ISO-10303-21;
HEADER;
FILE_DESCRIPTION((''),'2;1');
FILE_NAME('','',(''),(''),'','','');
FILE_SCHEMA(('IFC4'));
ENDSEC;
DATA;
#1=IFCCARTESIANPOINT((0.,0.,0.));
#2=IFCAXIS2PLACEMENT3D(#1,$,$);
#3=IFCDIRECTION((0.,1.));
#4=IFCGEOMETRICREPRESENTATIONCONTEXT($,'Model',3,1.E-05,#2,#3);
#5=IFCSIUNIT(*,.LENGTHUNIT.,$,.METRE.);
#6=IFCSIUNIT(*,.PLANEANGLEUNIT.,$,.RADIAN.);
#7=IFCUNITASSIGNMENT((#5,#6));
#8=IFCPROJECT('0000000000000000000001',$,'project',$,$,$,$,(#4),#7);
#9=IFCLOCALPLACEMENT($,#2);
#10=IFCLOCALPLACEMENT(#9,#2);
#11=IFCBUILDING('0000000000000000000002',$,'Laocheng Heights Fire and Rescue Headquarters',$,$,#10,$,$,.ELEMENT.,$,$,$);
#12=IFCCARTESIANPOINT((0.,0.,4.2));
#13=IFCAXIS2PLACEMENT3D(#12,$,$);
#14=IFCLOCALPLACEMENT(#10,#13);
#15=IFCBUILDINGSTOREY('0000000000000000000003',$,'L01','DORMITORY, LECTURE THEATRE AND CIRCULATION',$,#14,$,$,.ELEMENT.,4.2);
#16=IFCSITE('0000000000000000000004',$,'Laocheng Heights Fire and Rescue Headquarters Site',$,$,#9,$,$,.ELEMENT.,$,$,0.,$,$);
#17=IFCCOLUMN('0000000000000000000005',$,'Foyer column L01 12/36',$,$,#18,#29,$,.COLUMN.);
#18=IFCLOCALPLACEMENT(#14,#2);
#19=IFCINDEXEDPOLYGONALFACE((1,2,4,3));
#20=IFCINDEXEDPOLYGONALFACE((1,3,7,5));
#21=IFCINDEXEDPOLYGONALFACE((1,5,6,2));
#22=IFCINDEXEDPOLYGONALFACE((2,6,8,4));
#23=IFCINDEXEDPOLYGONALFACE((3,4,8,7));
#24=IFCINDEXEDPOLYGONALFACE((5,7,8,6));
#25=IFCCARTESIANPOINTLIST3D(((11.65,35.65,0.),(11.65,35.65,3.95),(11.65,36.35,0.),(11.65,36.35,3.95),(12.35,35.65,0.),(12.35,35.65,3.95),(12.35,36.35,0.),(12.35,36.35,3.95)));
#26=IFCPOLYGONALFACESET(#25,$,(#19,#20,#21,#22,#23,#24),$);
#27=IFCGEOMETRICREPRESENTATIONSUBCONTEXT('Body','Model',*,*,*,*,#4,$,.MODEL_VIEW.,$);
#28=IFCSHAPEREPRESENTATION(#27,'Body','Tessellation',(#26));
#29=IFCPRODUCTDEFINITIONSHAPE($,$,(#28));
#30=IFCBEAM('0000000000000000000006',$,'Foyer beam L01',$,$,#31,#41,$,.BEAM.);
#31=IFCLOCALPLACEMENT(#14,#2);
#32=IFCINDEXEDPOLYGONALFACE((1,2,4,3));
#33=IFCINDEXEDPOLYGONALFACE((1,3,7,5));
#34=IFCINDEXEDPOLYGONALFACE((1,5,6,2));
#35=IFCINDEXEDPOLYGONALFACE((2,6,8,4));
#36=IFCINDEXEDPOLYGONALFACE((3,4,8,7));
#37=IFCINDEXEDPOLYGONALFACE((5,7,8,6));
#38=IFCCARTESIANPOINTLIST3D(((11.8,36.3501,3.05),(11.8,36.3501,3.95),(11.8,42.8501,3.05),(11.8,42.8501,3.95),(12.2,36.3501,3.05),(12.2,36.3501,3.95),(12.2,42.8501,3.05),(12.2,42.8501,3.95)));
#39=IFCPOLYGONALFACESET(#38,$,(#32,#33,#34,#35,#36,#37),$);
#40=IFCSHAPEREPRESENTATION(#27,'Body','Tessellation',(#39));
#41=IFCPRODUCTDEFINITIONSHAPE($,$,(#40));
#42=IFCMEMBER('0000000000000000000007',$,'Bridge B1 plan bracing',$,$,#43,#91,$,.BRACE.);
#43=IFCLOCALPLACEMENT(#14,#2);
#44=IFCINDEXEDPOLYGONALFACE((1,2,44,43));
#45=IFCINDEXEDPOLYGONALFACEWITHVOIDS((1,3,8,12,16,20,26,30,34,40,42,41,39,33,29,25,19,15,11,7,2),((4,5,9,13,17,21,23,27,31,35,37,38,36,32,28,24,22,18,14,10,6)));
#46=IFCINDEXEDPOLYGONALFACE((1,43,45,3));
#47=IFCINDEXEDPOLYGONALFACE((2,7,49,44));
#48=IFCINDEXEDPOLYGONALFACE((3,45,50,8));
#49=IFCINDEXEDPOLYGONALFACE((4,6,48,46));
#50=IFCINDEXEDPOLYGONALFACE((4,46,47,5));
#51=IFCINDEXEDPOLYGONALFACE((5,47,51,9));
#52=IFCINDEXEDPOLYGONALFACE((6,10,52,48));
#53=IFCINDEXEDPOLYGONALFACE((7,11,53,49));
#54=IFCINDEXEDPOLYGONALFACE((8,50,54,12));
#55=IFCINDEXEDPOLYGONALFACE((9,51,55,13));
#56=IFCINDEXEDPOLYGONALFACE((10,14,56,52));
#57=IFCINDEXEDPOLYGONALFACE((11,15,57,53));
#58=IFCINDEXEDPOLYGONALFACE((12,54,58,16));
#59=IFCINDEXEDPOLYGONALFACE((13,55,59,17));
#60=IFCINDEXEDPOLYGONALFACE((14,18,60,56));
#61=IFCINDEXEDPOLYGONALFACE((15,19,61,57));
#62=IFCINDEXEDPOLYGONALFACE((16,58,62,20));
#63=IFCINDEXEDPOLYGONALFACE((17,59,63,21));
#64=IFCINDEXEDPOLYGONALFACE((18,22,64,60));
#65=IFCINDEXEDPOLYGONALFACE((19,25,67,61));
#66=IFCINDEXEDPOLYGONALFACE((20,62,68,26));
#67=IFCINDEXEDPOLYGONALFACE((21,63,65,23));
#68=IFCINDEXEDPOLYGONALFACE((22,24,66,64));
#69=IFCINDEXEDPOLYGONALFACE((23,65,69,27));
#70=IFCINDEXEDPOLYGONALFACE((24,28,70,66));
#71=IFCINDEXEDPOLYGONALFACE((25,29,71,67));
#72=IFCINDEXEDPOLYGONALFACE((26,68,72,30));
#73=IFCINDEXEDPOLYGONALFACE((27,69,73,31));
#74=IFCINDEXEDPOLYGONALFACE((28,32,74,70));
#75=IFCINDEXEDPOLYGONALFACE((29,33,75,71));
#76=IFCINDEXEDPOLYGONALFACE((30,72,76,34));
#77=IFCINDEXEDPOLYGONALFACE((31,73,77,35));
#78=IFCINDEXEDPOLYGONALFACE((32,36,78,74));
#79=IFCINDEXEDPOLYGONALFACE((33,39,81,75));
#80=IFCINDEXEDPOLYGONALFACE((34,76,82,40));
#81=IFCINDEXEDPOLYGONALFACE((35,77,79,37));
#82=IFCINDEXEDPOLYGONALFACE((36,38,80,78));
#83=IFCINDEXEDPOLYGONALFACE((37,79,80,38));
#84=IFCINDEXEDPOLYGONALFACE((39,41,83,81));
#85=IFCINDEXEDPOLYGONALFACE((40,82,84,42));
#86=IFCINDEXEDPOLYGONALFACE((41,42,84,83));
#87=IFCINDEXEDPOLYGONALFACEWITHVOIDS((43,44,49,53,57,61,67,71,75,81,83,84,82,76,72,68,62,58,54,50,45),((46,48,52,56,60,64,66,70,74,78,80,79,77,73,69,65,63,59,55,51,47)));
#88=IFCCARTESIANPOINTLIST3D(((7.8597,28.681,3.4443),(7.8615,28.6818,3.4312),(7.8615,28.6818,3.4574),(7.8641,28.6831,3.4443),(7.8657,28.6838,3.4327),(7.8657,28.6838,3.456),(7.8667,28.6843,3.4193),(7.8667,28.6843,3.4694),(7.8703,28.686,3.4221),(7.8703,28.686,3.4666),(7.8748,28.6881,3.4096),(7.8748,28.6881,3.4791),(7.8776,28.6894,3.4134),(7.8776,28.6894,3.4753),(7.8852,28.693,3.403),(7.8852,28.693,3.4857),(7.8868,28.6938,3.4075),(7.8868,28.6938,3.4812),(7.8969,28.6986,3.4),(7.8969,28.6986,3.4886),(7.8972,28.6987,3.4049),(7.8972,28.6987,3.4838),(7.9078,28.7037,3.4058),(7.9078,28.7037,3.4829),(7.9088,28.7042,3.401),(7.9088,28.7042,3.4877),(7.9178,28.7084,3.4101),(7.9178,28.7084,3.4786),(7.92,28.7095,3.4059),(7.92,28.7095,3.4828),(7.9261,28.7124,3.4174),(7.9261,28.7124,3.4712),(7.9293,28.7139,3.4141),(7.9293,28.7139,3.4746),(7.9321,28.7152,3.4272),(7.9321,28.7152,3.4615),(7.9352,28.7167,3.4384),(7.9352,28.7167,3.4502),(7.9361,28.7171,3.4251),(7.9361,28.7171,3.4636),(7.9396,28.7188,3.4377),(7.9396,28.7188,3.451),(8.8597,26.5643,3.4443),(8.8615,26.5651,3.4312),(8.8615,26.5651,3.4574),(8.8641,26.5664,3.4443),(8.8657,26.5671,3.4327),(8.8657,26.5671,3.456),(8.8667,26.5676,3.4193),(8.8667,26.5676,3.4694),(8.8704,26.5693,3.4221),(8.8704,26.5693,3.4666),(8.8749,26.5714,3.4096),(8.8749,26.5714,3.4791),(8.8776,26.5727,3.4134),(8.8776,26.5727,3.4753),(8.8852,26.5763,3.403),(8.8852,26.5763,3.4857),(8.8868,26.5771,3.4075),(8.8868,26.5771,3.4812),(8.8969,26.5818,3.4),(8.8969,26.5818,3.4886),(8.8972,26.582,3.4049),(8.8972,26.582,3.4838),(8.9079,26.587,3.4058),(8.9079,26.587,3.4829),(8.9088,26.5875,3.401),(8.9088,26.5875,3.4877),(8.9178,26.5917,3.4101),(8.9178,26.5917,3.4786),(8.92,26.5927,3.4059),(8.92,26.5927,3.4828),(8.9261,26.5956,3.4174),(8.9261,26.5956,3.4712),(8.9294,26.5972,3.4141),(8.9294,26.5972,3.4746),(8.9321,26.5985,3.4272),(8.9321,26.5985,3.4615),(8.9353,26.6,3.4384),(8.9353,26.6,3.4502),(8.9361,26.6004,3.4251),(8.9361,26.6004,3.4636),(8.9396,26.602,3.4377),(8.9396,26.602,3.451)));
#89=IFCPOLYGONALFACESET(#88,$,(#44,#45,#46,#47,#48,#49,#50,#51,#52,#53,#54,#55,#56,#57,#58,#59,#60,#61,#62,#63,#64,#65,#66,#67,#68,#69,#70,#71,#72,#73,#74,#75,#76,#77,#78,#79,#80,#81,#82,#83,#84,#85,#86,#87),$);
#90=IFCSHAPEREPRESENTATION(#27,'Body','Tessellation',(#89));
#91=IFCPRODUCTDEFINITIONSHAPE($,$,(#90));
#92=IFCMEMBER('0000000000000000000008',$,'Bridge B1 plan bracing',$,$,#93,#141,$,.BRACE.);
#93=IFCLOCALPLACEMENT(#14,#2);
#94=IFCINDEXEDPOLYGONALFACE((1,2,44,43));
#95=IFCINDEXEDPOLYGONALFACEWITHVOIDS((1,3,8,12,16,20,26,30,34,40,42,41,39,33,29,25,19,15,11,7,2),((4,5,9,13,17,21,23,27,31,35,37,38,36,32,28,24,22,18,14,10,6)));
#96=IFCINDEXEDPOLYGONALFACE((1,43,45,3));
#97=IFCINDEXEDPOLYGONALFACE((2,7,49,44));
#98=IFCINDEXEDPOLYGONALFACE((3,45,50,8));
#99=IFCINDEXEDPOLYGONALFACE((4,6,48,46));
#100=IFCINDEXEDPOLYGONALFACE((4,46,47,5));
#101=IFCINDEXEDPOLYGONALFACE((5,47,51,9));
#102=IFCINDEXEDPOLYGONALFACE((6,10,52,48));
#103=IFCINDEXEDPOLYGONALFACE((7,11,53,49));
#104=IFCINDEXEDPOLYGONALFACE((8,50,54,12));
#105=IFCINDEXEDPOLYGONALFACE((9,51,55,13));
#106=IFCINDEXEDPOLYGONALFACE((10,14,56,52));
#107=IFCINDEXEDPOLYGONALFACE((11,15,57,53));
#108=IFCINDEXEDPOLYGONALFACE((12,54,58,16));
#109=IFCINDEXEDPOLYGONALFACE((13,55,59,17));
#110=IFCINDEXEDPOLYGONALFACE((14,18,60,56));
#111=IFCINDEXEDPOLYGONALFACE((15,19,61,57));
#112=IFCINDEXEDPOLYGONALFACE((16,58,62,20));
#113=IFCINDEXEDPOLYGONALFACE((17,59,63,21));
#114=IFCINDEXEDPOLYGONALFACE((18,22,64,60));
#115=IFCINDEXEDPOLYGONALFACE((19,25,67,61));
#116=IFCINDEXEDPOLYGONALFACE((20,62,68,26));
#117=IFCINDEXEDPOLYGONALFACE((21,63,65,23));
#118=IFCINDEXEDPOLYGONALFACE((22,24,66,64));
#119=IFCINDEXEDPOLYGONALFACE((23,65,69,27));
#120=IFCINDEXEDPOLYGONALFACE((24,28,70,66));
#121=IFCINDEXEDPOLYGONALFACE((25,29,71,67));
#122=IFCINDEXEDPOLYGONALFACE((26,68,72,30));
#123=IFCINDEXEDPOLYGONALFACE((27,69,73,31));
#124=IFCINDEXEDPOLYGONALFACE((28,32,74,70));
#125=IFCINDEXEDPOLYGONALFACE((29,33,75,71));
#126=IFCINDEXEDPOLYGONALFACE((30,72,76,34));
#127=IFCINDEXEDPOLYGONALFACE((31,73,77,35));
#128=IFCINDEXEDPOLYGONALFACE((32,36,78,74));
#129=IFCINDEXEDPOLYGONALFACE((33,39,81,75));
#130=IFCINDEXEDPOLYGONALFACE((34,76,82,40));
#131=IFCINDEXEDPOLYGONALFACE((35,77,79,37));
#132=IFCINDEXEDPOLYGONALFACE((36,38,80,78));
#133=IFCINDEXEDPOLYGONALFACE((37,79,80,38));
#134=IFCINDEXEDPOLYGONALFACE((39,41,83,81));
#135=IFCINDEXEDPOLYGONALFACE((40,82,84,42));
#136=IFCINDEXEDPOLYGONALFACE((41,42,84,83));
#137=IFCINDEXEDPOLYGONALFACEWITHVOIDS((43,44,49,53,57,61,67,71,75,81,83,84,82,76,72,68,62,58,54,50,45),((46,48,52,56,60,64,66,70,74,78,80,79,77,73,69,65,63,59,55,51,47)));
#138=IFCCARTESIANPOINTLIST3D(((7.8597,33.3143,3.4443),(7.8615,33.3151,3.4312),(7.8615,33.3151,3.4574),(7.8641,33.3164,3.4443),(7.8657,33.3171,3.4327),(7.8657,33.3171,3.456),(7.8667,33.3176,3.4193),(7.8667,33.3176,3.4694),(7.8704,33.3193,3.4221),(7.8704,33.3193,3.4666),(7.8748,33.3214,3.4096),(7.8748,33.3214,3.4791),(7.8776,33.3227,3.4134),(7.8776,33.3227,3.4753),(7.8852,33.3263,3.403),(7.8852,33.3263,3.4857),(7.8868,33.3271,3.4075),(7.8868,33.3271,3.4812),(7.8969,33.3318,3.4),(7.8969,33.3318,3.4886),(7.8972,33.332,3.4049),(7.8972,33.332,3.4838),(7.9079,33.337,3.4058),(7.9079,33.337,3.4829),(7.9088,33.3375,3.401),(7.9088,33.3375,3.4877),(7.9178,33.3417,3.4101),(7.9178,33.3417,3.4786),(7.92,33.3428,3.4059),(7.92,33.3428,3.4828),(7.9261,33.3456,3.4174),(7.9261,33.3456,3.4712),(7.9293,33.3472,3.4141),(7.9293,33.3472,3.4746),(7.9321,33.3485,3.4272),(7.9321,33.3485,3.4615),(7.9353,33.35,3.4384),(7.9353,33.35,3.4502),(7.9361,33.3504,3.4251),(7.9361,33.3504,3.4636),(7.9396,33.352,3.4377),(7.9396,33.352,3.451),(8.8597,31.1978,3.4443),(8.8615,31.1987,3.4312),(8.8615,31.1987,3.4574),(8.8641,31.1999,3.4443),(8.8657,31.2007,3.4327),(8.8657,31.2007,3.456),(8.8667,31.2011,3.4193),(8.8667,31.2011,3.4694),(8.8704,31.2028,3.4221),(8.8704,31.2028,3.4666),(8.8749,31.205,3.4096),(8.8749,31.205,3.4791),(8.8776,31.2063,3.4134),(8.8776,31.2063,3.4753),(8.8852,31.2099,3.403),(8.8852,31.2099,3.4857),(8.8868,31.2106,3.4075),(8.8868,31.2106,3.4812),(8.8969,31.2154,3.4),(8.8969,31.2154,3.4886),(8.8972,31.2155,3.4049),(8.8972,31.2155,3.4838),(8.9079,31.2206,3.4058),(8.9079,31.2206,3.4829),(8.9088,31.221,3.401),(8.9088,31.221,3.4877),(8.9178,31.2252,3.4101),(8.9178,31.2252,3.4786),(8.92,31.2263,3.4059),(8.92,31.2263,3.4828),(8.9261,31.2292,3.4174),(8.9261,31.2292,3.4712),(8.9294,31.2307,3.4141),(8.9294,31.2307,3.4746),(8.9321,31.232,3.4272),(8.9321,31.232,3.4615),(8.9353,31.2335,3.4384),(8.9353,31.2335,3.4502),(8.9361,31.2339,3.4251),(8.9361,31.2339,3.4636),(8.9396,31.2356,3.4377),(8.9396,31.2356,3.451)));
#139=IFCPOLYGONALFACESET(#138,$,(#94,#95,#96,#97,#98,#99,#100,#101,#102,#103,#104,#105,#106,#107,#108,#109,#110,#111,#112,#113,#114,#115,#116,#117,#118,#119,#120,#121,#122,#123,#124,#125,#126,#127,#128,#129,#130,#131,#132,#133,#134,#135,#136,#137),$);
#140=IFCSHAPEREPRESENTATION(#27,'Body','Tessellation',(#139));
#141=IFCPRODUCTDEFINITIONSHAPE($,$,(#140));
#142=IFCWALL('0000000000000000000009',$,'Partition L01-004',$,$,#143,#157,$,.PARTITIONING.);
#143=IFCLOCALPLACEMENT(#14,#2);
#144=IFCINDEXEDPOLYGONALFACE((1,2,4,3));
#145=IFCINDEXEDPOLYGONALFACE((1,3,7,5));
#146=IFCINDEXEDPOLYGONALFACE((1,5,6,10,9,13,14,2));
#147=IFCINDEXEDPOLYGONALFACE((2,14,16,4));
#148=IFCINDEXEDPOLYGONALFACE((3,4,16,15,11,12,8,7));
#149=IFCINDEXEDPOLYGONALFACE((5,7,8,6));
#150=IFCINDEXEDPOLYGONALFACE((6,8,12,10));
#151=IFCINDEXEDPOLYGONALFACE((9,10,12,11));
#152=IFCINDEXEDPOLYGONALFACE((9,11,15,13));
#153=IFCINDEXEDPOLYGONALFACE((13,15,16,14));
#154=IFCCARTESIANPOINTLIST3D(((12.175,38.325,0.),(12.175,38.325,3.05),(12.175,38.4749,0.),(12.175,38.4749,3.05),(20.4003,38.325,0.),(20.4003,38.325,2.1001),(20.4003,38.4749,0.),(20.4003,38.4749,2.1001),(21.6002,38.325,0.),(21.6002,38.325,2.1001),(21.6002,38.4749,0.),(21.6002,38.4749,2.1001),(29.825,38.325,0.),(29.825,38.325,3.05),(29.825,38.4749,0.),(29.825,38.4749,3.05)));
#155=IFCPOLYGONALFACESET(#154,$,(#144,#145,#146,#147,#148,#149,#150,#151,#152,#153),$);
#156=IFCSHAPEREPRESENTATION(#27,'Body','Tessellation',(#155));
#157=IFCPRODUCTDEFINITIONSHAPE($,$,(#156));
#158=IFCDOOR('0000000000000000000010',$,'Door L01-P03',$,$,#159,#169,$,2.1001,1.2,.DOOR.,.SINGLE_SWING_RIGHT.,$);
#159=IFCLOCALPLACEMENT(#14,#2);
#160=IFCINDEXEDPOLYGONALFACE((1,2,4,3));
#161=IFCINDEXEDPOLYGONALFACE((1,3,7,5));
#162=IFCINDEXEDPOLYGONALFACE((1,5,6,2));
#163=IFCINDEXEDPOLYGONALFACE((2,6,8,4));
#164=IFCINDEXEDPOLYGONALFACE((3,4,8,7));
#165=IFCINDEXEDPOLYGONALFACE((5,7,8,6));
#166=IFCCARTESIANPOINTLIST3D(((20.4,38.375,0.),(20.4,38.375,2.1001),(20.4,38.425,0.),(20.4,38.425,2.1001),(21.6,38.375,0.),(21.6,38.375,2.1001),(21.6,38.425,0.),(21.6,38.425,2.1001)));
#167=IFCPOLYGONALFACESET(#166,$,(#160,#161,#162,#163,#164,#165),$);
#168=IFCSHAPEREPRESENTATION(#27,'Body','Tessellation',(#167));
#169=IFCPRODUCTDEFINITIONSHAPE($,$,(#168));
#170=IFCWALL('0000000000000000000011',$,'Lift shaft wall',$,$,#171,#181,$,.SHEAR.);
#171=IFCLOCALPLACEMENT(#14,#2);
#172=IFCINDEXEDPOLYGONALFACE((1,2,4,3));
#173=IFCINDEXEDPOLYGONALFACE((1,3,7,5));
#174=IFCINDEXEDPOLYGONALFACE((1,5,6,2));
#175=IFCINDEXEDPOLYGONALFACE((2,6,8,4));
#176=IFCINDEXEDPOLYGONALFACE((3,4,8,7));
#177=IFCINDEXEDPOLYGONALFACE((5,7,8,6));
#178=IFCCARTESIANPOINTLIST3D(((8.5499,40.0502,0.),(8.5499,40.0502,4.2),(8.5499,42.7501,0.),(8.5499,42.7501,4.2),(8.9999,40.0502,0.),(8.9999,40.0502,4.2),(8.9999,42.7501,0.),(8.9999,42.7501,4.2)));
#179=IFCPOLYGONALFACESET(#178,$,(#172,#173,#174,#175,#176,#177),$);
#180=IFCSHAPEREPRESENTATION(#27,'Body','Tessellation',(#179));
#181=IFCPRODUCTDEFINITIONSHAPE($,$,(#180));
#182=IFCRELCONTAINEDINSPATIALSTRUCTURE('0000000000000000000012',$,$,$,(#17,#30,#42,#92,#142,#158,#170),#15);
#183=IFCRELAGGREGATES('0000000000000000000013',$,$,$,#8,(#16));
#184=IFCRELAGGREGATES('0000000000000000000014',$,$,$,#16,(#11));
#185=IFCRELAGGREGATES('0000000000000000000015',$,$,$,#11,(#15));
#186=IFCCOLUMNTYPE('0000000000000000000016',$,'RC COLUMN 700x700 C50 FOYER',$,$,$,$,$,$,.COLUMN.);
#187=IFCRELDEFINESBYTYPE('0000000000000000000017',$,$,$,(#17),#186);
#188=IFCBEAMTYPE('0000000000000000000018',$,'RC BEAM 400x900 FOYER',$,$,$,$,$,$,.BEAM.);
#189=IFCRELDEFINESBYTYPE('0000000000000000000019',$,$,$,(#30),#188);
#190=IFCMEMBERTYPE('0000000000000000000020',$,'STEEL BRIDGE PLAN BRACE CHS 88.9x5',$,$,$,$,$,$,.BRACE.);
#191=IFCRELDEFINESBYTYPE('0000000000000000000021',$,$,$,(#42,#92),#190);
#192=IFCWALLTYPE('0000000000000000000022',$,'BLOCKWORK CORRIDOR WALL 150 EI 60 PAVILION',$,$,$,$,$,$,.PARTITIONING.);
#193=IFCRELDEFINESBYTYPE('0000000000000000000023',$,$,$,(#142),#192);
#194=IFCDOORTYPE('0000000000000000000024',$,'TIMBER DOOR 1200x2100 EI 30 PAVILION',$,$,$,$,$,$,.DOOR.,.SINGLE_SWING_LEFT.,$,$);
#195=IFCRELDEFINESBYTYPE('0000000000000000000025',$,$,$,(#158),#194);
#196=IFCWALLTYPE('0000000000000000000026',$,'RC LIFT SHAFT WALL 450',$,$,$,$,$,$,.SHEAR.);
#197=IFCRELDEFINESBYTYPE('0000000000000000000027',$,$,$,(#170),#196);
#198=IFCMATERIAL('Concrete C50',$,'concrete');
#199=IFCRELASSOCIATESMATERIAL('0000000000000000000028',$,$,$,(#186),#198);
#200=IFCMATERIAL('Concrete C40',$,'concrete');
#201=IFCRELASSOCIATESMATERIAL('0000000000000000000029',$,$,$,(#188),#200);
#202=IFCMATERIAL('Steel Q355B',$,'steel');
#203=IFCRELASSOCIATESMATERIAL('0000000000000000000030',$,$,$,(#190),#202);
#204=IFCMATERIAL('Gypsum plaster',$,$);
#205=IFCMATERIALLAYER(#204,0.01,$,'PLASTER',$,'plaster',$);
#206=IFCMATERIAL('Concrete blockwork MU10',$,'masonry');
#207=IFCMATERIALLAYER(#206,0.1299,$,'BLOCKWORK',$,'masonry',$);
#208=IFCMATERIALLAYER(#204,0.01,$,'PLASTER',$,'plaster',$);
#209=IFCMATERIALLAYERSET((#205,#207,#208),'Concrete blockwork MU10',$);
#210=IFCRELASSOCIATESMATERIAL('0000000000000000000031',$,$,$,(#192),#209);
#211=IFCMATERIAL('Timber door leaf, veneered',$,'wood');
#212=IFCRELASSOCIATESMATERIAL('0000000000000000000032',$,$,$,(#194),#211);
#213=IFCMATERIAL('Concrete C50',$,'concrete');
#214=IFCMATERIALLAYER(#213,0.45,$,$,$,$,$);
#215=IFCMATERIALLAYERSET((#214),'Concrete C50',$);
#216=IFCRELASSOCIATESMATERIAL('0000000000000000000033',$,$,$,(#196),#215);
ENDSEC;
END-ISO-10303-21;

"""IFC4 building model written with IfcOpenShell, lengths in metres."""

from ifc_helpers import new_model, si_unit, direction, frame, frame_2d, origin, origin_2d, place, context, subcontext, project, spatial, rectangle, hollow_circle, extrude, material, layer, layer_set, material_profile, profile_set, type_object, element, fill, save


model = new_model("IFC4")

# Units and contexts
model_context = context("Model", 3, precision=1e-05, world=origin(), true_north=direction((0.0, 1.0)))
body_context = subcontext(model_context, "Body", "Model", "MODEL_VIEW")
ifc_project = project(units=[si_unit("LENGTHUNIT", "METRE"), si_unit("PLANEANGLEUNIT", "RADIAN")], contexts=[model_context])

# Site, building, storey
site_placement = place(None, origin())
site = spatial("IfcSite", under=ifc_project, at=site_placement, Name="Laocheng Heights Fire and Rescue Headquarters Site", CompositionType="ELEMENT", RefElevation=0.0)
building_placement = place(site_placement, origin())
building = spatial("IfcBuilding", under=site, at=building_placement, Name="Laocheng Heights Fire and Rescue Headquarters", CompositionType="ELEMENT")
storey_placement = place(building_placement, frame((0.0, 0.0, 4.2)))
storey = spatial("IfcBuildingStorey", under=building, at=storey_placement, Name="L01", Description="DORMITORY, LECTURE THEATRE AND CIRCULATION", CompositionType="ELEMENT", Elevation=4.2)

# Column
ifc_material_1 = material(Name="Concrete C50", Category="concrete")
ifc_material_profile_1 = material_profile(ifc_material_1, rectangle(XDim=0.7, YDim=0.7, at=origin_2d()), Name="RC COLUMN 700x700 C50 FOYER")
ifc_profile_set_1 = profile_set([ifc_material_profile_1], Name="Concrete C50")
column_type = type_object("IfcColumnType", Name="RC COLUMN 700x700 C50 FOYER", PredefinedType="COLUMN", material=ifc_profile_set_1)
column_placement = place(storey_placement, frame((12.0, 36.0, 0.0), z_axis=(0.0, 0.0, 1.0), x_axis=(1.0, 0.0, 0.0)))
element("IfcColumn", 1, at=column_placement, inside=storey, type_object=column_type, Name="Foyer column L01 12/36", PredefinedType="COLUMN", context=body_context, shape_type="SweptSolid", body=[
    extrude(rectangle(XDim=0.7, YDim=0.7, at=origin_2d()), origin(), (0.0, 0.0, 1.0), 3.95),
])

# Beam
ifc_material_2 = material(Name="Concrete C40", Category="concrete")
ifc_material_profile_2 = material_profile(ifc_material_2, rectangle(XDim=0.3999, YDim=0.8999, at=origin_2d()), Name="RC BEAM 400x900 FOYER")
ifc_profile_set_2 = profile_set([ifc_material_profile_2], Name="Concrete C40")
beam_type = type_object("IfcBeamType", Name="RC BEAM 400x900 FOYER", PredefinedType="BEAM", material=ifc_profile_set_2)
beam_placement = place(storey_placement, frame((12.0, 36.3501, 3.5), z_axis=(0.0, 1.0, 0.0), x_axis=(-1.0, 0.0, 0.0)))
element("IfcBeam", 2, at=beam_placement, inside=storey, type_object=beam_type, Name="Foyer beam L01", PredefinedType="BEAM", context=body_context, shape_type="SweptSolid", body=[
    extrude(rectangle(XDim=0.3999, YDim=0.8999, at=origin_2d()), origin(), (0.0, 0.0, 1.0), 6.5),
])

# Members
ifc_material_3 = material(Name="Steel Q355B", Category="steel")
ifc_material_profile_3 = material_profile(ifc_material_3, hollow_circle(Radius=0.0444, WallThickness=0.0049, at=origin_2d()), Name="CHS 88.9x5")
ifc_profile_set_3 = profile_set([ifc_material_profile_3], Name="Steel Q355B")
member_type = type_object("IfcMemberType", Name="STEEL BRIDGE PLAN BRACE CHS 88.9x5", PredefinedType="BRACE", material=ifc_profile_set_3)
member_1_placement = place(storey_placement, frame((8.8999, 26.5833, 3.4443), z_axis=(-0.427163, 0.904175, 0.0), x_axis=(-0.904175, -0.427163, 0.0)))
element("IfcMember", 3, at=member_1_placement, inside=storey, type_object=member_type, Name="Bridge B1 plan bracing", PredefinedType="BRACE", context=body_context, shape_type="SweptSolid", body=[
    extrude(hollow_circle(Radius=0.0444, WallThickness=0.0049, at=origin_2d()), origin(), (0.0, 0.0, 1.0), 2.3411),
])
member_2_placement = place(storey_placement, frame((8.8999, 31.2168, 3.4443), z_axis=(-0.427203, 0.904156, 0.0), x_axis=(-0.904156, -0.427203, 0.0)))
element("IfcMember", 4, at=member_2_placement, inside=storey, type_object=member_type, Name="Bridge B1 plan bracing", PredefinedType="BRACE", context=body_context, shape_type="SweptSolid", body=[
    extrude(hollow_circle(Radius=0.0444, WallThickness=0.0049, at=origin_2d()), origin(), (0.0, 0.0, 1.0), 2.3408),
])

# Wall, opening, door
ifc_material_4 = material(Name="Gypsum plaster")
ifc_layer_1 = layer(ifc_material_4, 0.01, Name="PLASTER", Category="plaster")
ifc_material_5 = material(Name="Concrete blockwork MU10", Category="masonry")
ifc_layer_2 = layer(ifc_material_5, 0.1299, Name="BLOCKWORK", Category="masonry")
ifc_layer_3 = layer(ifc_material_4, 0.01, Name="PLASTER", Category="plaster")
ifc_layer_set_1 = layer_set([ifc_layer_1, ifc_layer_2, ifc_layer_3], Name="Concrete blockwork MU10")
wall_type_1 = type_object("IfcWallType", Name="BLOCKWORK CORRIDOR WALL 150 EI 60 PAVILION", PredefinedType="PARTITIONING", material=ifc_layer_set_1)
wall_1_placement = place(storey_placement, frame((12.175, 38.3999, 0.0), z_axis=(0.0, 0.0, 1.0), x_axis=(1.0, 0.0, 0.0)))
wall_1 = element("IfcWall", 5, at=wall_1_placement, inside=storey, type_object=wall_type_1, Name="Partition L01-004", PredefinedType="PARTITIONING", context=body_context, shape_type="SweptSolid", body=[
    extrude(rectangle(XDim=17.6499, YDim=0.1499, at=frame_2d((8.825, 0.0))), origin(), (0.0, 0.0, 1.0), 3.05),
])
opening_1_placement = place(wall_1_placement, frame((8.2251, 0.0, 0.0)))
opening_1 = element("IfcOpeningElement", 6, at=opening_1_placement, cuts=wall_1, PredefinedType="OPENING", context=body_context, shape_type="SweptSolid", body=[
    extrude(rectangle(XDim=1.2, YDim=2.1001, at=frame_2d((0.6001, 1.05))), frame((0.0, 0.085, 0.0), z_axis=(0.0, -1.0, 0.0), x_axis=(1.0, 0.0, 0.0)), (0.0, 0.0, 1.0), 0.1699),
])
ifc_material_6 = material(Name="Timber door leaf, veneered", Category="wood")
door_type_1 = type_object("IfcDoorType", Name="TIMBER DOOR 1200x2100 EI 30 PAVILION", OperationType="SINGLE_SWING_LEFT", PredefinedType="DOOR", material=ifc_material_6)
door_1_placement = place(opening_1_placement, frame((1.2, 0.0, 0.0), z_axis=(0.0, 0.0, 1.0), x_axis=(-1.0, 0.0, 0.0)))
door_1 = element("IfcDoor", 7, at=door_1_placement, inside=storey, type_object=door_type_1, Name="Door L01-P03", OperationType="SINGLE_SWING_RIGHT", OverallHeight=2.1001, OverallWidth=1.2, PredefinedType="DOOR", context=body_context, shape_type="SweptSolid", body=[
    extrude(rectangle(XDim=1.2, YDim=2.1001, at=frame_2d((0.6001, 1.05))), frame((0.0, 0.0249, 0.0), z_axis=(0.0, -1.0, 0.0), x_axis=(1.0, 0.0, 0.0)), (0.0, 0.0, 1.0), 0.05),
])
fill(opening_1, door_1)

# Wall
ifc_material_7 = material(Name="Concrete C50", Category="concrete")
ifc_layer_4 = layer(ifc_material_7, 0.45)
ifc_layer_set_2 = layer_set([ifc_layer_4], Name="Concrete C50")
wall_type_2 = type_object("IfcWallType", Name="RC LIFT SHAFT WALL 450", PredefinedType="SHEAR", material=ifc_layer_set_2)
wall_2_placement = place(storey_placement, frame((8.7749, 40.05, 0.0), z_axis=(0.0, 0.0, 1.0), x_axis=(0.0, 1.0, 0.0)))
element("IfcWall", 8, at=wall_2_placement, inside=storey, type_object=wall_type_2, Name="Lift shaft wall", PredefinedType="SHEAR", context=body_context, shape_type="SweptSolid", body=[
    extrude(rectangle(XDim=2.7, YDim=0.45, at=frame_2d((1.3501, 0.0))), origin(), (0.0, 0.0, 1.0), 4.2),
])

save(model, "model.ifc")
